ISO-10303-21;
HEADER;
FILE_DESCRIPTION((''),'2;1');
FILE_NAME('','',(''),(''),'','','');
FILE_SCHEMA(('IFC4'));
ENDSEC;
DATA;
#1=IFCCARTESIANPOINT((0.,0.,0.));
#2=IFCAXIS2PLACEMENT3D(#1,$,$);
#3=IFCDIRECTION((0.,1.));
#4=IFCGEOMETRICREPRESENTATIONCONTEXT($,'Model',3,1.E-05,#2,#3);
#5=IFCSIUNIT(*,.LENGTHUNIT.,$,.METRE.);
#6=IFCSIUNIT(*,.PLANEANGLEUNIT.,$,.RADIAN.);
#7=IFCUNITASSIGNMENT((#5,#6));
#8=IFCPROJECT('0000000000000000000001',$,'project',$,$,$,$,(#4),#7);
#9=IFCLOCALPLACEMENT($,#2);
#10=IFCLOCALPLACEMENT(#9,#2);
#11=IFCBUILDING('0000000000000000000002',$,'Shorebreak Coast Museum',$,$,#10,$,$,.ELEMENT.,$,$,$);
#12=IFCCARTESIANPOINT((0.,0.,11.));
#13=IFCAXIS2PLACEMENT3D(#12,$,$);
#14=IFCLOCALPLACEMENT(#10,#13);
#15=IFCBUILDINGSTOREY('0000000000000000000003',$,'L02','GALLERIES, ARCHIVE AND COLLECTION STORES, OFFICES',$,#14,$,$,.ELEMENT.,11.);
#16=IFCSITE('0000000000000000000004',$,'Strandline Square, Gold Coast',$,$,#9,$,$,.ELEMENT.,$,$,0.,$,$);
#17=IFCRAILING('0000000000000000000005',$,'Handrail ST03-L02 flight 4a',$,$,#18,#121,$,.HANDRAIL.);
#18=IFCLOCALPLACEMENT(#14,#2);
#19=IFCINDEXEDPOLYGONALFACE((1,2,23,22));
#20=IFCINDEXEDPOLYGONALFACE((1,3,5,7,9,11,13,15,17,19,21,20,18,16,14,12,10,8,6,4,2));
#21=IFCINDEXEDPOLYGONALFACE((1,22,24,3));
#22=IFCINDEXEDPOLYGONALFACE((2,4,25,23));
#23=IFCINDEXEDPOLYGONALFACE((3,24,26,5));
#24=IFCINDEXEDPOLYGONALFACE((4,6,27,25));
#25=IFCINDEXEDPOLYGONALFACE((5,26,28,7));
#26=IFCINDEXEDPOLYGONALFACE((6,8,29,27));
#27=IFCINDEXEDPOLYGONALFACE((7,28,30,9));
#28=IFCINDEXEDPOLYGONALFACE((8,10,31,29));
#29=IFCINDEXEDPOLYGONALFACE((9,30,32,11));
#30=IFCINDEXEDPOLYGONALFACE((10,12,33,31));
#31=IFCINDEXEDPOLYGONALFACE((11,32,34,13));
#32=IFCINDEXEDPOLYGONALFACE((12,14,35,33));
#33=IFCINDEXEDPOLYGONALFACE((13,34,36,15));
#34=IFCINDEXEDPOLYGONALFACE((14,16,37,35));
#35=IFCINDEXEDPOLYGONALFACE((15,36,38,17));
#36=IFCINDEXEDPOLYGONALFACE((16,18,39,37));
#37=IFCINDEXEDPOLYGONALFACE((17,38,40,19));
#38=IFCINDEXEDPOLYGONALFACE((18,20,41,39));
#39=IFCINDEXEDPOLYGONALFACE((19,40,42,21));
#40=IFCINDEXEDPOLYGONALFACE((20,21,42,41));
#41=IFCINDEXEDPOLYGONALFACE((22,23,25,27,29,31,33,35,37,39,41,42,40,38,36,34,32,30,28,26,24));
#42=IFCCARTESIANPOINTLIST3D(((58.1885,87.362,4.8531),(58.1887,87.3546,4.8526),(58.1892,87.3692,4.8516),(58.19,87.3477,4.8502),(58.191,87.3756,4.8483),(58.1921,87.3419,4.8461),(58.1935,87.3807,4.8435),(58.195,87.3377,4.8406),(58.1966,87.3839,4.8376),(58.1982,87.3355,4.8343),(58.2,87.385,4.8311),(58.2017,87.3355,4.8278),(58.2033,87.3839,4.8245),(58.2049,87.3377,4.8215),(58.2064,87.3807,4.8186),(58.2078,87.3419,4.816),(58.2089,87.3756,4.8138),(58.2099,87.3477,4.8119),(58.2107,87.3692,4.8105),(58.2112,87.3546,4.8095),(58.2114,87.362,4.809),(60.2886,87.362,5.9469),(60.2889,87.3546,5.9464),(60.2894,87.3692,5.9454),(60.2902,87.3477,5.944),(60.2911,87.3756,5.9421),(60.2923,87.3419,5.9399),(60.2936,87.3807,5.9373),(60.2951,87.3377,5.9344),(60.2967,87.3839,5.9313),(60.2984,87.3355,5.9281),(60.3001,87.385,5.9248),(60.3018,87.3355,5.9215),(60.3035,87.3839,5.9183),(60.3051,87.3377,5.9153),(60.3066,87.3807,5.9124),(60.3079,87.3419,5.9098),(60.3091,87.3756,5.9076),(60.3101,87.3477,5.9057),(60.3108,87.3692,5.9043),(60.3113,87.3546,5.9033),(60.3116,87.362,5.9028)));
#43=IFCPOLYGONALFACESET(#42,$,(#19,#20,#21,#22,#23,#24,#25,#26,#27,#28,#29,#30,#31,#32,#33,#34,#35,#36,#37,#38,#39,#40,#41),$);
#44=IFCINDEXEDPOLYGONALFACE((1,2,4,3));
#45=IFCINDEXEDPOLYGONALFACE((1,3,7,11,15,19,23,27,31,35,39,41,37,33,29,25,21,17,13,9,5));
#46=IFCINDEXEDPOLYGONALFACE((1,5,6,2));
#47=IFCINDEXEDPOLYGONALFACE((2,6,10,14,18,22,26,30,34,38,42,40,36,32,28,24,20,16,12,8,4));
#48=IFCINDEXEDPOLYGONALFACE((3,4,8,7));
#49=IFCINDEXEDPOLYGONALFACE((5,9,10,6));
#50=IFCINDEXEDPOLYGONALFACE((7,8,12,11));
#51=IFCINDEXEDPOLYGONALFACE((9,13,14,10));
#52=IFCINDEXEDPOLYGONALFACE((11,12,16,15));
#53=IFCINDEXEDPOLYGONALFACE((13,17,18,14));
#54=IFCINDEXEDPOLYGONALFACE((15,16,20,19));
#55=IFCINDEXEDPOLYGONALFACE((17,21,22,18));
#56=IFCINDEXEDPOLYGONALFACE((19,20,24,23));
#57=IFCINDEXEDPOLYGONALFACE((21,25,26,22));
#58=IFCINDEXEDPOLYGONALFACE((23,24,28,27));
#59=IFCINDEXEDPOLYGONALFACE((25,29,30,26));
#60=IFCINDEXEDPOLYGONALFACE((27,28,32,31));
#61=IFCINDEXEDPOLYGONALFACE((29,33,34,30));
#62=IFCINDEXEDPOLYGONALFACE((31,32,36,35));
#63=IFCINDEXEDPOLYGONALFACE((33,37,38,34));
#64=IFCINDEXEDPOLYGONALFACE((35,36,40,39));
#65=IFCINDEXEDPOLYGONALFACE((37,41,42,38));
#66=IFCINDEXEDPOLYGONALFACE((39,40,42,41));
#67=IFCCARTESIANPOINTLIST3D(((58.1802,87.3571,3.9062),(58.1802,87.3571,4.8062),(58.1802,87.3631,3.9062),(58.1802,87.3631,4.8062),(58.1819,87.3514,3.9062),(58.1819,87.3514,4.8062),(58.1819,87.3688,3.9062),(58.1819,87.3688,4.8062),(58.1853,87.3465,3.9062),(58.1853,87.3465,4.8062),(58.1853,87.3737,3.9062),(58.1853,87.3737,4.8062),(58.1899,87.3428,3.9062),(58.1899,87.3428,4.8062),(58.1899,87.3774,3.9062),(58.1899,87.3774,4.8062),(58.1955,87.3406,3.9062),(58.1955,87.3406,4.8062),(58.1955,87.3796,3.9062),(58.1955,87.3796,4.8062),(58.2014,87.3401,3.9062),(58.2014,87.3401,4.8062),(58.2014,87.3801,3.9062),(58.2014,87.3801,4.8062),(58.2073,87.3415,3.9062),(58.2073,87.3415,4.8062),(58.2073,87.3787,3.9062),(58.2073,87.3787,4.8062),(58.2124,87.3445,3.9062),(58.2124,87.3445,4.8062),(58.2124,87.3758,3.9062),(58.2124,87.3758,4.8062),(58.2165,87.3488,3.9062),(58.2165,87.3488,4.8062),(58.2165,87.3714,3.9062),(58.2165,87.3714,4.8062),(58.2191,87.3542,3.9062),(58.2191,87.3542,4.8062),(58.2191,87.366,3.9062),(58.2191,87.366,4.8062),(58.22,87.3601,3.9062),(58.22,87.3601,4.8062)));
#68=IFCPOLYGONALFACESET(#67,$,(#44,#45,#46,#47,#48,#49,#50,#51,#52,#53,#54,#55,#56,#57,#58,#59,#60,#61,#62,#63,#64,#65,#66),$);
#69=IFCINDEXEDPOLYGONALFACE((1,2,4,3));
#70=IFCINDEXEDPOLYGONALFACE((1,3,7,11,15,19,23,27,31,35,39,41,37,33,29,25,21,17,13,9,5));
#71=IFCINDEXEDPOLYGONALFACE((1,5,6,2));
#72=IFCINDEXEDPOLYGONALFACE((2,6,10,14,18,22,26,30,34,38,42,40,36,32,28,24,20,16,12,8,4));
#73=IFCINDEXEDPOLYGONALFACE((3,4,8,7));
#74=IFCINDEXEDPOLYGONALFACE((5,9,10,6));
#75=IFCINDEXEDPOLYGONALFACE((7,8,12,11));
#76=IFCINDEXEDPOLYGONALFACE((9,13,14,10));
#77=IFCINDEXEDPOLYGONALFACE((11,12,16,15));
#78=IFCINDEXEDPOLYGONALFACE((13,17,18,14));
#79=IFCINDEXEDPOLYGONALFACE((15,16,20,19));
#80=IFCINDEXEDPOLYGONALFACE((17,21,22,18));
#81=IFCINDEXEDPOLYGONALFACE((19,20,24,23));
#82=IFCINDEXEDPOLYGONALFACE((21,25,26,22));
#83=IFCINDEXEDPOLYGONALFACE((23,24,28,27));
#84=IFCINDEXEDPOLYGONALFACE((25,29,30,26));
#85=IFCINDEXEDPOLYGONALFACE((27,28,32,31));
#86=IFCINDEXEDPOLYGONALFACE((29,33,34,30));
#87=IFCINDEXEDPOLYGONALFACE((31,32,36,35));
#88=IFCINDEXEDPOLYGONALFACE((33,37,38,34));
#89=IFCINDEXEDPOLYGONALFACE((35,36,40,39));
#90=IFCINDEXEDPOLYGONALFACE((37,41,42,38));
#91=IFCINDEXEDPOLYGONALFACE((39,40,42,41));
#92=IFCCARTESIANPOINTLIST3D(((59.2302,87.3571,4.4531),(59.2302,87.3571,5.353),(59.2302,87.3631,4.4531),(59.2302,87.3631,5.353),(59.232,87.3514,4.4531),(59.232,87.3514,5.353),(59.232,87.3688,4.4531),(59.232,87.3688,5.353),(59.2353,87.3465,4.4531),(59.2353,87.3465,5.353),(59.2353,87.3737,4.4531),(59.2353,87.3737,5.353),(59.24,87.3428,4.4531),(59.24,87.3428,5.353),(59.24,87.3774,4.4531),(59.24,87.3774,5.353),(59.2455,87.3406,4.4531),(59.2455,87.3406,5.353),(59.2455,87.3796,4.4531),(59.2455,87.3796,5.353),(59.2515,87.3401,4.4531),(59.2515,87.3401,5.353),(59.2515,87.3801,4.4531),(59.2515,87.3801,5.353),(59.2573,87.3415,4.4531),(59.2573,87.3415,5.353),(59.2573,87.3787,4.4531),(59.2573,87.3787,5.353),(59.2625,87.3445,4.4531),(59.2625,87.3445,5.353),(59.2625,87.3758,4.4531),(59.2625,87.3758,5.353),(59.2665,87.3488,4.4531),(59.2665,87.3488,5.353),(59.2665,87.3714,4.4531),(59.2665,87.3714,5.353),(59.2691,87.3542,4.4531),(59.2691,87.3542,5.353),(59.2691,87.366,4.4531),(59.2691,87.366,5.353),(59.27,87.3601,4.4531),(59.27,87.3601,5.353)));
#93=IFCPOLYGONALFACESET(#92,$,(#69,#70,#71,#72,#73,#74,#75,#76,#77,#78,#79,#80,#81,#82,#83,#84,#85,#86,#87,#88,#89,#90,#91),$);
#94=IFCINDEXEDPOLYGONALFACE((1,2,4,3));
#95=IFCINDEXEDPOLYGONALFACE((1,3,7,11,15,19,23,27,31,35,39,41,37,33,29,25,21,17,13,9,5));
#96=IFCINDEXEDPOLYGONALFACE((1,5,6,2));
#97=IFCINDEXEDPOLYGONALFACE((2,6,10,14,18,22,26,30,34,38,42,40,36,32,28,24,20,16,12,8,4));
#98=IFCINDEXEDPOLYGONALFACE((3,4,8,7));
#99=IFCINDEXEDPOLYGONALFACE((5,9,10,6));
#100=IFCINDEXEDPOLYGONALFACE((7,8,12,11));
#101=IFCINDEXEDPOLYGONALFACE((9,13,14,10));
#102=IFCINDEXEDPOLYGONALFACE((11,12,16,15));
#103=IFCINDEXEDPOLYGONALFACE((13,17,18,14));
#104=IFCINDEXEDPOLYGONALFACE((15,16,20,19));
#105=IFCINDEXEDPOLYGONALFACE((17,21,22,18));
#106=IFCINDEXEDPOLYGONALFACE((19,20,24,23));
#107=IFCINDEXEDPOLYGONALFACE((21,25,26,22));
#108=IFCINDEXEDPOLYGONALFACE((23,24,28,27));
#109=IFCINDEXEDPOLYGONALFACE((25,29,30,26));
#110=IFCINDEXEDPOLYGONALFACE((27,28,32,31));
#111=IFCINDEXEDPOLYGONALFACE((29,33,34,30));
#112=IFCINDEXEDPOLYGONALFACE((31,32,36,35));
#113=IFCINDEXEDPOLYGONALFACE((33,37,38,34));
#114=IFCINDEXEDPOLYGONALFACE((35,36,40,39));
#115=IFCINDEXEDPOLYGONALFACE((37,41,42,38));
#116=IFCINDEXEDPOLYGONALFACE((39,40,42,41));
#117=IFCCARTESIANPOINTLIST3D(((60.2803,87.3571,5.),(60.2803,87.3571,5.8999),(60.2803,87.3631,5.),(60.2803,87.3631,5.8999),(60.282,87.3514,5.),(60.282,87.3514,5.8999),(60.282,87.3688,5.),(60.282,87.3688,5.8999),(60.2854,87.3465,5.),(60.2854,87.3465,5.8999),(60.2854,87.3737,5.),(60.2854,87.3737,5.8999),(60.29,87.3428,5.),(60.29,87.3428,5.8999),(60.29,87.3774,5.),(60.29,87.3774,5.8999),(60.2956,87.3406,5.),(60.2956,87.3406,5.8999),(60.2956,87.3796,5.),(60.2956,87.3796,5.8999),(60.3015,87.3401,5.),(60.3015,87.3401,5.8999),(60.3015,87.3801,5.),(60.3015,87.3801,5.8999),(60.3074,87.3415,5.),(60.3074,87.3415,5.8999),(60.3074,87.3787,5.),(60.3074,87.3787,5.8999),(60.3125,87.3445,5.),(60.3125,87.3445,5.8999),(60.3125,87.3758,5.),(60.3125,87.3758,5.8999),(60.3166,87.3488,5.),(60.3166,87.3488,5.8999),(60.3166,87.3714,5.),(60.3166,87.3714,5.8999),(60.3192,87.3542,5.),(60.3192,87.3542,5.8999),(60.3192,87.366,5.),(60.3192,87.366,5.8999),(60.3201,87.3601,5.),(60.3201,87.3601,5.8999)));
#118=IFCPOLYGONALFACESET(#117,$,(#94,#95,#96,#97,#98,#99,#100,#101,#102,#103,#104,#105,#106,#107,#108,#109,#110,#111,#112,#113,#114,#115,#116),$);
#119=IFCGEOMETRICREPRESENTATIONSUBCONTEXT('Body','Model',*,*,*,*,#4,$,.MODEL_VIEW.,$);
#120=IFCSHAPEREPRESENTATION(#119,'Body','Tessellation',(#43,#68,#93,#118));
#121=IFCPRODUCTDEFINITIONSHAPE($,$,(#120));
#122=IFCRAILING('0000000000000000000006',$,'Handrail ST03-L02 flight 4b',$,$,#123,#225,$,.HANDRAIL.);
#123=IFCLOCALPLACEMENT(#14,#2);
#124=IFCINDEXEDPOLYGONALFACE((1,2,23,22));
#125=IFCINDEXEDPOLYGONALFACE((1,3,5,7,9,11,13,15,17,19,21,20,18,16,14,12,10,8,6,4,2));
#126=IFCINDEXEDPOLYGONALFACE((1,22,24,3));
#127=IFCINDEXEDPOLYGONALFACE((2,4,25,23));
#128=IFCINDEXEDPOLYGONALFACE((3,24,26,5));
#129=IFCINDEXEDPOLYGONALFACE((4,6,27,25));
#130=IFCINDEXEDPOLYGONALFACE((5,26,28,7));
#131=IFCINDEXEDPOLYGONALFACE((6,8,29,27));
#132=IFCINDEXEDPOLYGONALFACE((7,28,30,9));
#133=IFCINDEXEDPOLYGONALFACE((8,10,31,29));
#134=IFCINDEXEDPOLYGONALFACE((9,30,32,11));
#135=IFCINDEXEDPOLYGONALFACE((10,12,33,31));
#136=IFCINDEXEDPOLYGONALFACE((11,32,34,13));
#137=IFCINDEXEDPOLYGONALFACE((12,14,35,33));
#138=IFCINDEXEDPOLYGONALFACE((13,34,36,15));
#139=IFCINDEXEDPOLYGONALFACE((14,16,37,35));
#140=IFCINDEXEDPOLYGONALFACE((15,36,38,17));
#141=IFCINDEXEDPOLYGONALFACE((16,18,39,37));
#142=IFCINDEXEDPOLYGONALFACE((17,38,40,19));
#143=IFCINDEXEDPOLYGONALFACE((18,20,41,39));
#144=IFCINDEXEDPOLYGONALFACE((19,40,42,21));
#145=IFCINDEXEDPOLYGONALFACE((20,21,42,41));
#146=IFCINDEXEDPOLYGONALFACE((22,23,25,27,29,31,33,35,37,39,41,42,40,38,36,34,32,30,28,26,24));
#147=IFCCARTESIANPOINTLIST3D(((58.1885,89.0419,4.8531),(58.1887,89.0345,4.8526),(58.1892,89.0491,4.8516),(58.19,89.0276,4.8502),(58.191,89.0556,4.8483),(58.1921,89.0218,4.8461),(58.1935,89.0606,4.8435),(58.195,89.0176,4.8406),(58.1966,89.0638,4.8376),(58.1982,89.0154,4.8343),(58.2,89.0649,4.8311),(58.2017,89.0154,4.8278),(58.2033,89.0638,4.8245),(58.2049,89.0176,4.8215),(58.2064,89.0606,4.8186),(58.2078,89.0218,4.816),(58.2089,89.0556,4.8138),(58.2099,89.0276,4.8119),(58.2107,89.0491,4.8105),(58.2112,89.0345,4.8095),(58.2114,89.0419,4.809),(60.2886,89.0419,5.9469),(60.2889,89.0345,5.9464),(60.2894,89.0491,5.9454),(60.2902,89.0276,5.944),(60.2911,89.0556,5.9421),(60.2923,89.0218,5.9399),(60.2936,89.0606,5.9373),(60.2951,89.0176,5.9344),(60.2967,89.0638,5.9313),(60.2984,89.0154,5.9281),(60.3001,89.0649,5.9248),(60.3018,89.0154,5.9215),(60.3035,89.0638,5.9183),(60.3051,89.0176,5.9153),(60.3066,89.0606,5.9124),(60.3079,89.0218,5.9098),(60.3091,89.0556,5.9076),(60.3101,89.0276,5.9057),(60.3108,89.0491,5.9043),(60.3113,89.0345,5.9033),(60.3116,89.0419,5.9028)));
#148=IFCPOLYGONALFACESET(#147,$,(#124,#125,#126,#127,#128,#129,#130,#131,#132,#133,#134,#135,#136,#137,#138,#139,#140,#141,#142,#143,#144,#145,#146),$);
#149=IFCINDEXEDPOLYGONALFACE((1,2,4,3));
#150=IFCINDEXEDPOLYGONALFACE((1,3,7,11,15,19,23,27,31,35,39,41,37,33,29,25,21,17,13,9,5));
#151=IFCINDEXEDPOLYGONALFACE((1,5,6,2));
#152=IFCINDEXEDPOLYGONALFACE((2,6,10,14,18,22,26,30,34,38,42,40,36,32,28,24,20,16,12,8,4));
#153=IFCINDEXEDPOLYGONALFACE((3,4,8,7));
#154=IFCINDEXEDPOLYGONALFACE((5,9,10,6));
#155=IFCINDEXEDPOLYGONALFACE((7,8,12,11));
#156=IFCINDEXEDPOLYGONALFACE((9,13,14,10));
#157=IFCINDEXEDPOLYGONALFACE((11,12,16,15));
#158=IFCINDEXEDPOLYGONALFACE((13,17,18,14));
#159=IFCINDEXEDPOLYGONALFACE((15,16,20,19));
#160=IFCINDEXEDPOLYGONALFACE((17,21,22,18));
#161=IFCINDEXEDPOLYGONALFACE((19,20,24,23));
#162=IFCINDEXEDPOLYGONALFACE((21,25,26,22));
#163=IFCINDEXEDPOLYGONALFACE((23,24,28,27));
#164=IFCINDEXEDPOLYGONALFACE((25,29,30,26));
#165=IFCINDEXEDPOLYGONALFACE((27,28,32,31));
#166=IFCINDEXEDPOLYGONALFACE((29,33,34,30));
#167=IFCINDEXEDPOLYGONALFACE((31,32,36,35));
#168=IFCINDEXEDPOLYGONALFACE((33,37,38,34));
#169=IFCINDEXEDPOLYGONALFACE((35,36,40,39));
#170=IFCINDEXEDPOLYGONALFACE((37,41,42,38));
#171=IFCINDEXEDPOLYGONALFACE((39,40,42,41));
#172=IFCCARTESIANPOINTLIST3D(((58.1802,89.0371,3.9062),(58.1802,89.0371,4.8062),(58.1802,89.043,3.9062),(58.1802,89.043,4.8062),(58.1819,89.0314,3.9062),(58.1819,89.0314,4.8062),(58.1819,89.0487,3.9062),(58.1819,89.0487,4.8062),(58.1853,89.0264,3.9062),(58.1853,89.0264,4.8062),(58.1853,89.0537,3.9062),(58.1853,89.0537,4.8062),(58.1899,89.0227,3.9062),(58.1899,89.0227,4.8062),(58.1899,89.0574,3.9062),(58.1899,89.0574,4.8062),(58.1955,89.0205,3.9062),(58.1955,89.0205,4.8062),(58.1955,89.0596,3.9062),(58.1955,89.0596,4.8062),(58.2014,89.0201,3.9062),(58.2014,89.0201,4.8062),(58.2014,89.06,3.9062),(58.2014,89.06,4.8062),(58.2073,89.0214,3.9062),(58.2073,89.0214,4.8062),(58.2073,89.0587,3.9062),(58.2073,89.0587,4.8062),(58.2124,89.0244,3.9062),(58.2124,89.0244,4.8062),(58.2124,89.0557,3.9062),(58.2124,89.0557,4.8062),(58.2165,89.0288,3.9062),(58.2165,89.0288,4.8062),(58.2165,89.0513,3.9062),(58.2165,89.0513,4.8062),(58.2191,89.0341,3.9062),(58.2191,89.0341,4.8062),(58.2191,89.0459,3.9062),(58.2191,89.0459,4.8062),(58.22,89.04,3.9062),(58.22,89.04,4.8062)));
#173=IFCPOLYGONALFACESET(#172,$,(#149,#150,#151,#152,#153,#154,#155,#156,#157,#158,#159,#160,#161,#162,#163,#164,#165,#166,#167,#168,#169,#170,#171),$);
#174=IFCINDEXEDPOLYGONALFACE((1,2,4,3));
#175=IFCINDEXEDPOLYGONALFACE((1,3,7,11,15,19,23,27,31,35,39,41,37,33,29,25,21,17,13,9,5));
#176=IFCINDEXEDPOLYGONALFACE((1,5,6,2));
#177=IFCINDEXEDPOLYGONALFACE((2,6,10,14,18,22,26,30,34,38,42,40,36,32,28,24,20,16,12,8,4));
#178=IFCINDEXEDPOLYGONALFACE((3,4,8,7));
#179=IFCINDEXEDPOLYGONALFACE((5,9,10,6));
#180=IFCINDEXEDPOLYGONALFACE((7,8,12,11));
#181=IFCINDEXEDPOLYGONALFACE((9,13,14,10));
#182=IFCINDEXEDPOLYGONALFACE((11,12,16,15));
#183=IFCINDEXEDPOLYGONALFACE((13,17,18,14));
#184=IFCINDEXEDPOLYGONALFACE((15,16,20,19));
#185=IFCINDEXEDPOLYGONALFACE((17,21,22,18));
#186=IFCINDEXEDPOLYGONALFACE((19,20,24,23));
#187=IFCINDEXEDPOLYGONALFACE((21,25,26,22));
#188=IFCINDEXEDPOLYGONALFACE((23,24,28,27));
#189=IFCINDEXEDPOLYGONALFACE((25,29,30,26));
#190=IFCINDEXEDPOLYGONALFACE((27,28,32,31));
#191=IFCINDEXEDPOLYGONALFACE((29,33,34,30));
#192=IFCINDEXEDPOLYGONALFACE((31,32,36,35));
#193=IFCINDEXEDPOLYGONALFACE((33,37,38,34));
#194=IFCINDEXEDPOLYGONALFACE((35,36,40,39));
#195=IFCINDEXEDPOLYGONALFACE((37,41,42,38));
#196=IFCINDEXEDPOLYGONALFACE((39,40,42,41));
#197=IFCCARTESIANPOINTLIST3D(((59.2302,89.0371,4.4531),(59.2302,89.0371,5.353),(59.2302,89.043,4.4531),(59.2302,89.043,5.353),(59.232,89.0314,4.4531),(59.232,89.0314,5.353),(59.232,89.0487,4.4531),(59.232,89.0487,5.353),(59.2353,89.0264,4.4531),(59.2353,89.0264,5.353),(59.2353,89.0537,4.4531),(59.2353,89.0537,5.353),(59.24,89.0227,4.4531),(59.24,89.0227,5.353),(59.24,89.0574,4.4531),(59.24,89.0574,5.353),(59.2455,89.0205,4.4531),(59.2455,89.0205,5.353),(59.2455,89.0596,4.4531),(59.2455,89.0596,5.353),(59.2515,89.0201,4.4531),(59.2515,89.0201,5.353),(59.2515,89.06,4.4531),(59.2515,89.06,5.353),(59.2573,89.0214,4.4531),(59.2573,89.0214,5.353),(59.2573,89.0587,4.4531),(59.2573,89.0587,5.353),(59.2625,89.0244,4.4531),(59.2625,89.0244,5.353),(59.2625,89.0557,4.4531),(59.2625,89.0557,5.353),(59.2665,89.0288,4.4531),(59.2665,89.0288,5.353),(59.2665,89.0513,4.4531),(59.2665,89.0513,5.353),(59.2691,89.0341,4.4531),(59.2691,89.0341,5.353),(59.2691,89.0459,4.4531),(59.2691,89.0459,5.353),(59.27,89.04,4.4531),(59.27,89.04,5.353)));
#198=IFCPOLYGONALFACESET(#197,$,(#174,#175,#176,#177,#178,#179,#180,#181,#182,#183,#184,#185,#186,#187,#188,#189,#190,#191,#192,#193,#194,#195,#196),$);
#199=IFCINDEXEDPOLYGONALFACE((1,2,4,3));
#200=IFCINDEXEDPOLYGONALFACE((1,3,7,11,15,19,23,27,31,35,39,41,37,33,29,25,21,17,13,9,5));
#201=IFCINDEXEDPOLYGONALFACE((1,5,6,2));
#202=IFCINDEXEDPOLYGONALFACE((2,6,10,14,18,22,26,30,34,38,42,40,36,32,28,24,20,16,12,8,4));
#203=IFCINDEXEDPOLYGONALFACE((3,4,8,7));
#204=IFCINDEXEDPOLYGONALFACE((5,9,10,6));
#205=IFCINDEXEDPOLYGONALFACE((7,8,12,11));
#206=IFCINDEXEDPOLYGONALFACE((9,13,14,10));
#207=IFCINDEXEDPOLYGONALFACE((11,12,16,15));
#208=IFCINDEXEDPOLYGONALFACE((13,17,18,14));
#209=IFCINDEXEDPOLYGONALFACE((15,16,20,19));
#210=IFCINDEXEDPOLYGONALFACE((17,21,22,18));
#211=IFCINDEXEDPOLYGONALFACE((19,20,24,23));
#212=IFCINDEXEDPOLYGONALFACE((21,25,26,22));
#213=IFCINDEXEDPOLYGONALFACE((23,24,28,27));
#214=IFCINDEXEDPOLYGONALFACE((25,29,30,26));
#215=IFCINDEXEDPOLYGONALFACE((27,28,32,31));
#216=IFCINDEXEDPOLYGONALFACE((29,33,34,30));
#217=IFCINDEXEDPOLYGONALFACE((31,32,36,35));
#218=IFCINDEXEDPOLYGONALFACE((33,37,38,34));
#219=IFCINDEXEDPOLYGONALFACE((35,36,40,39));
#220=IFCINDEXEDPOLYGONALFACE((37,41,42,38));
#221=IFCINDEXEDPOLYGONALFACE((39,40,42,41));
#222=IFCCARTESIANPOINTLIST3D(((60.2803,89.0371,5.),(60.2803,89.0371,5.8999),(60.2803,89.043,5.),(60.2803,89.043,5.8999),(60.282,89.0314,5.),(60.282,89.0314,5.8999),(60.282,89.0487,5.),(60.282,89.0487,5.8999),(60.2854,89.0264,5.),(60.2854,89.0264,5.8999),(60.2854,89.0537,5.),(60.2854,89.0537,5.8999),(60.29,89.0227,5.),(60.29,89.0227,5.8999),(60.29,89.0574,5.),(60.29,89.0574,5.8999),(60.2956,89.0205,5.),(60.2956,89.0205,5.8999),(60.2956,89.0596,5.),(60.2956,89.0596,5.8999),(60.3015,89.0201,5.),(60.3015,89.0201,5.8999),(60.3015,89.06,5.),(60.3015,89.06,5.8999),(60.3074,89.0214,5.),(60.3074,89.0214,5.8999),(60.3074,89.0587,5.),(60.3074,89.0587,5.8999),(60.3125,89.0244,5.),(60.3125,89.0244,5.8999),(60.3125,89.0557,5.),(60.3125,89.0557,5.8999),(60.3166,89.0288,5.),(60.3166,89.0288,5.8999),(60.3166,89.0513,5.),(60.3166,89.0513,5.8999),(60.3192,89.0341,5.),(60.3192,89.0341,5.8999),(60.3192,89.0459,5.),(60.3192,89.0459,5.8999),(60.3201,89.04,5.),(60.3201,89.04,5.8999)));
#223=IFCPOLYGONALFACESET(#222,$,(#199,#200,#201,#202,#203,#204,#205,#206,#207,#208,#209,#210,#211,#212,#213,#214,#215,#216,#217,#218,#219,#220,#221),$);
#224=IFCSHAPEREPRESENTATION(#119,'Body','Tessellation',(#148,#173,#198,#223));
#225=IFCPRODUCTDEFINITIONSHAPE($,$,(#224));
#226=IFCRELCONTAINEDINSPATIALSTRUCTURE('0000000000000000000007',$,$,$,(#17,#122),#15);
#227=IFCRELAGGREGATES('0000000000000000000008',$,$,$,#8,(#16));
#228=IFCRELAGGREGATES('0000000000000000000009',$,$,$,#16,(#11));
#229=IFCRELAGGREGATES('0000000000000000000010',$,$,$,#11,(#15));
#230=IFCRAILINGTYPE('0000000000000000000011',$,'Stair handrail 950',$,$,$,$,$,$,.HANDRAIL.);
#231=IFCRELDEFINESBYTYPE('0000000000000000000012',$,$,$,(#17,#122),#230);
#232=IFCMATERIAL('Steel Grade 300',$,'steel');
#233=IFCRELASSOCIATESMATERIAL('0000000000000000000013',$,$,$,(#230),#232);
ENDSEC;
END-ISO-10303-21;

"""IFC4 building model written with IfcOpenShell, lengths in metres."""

from ifc_helpers import new_model, si_unit, direction, frame, origin, origin_2d, place, context, subcontext, project, spatial, circle, extrude, material, type_object, element, save


model = new_model("IFC4")

# Units and contexts
model_context = context("Model", 3, precision=1e-05, world=origin(), true_north=direction((0.0, 1.0)))
body_context = subcontext(model_context, "Body", "Model", "MODEL_VIEW")
ifc_project = project(units=[si_unit("LENGTHUNIT", "METRE"), si_unit("PLANEANGLEUNIT", "RADIAN")], contexts=[model_context])

# Site, building, storey
site_placement = place(None, origin())
site = spatial("IfcSite", under=ifc_project, at=site_placement, Name="Strandline Square, Gold Coast", CompositionType="ELEMENT", RefElevation=0.0)
building_placement = place(site_placement, origin())
building = spatial("IfcBuilding", under=site, at=building_placement, Name="Shorebreak Coast Museum", CompositionType="ELEMENT")
storey_placement = place(building_placement, frame((0.0, 0.0, 11.0)))
storey = spatial("IfcBuildingStorey", under=building, at=storey_placement, Name="L02", Description="GALLERIES, ARCHIVE AND COLLECTION STORES, OFFICES", CompositionType="ELEMENT", Elevation=11.0)

# Railings
ifc_material_1 = material(Name="Steel Grade 300", Category="steel")
railing_type_1 = type_object("IfcRailingType", Name="Stair handrail 950", PredefinedType="HANDRAIL", material=ifc_material_1)
for number, where, name in (
    (1, (58.2, 87.3601, 3.9062), "Handrail ST03-L02 flight 4a"),
    (2, (58.2, 89.04, 3.9062), "Handrail ST03-L02 flight 4b"),
):
    element("IfcRailing", number, at=place(storey_placement, frame(where)), inside=storey, type_object=railing_type_1, Name=name, PredefinedType="HANDRAIL", context=body_context, shape_type="SweptSolid", body=[
        extrude(circle(Radius=0.0249, at=origin_2d()), frame((0.0, 0.0, 0.9248), z_axis=(0.886923, 0.0, 0.461918), x_axis=(0.0, 1.0, 0.0)), (0.0, 0.0, 1.0), 2.3679),
        extrude(circle(Radius=0.02, at=origin_2d()), origin(), (0.0, 0.0, 1.0), 0.8999),
        extrude(circle(Radius=0.02, at=origin_2d()), frame((1.05, 0.0, 0.5469)), (0.0, 0.0, 1.0), 0.8999),
        extrude(circle(Radius=0.02, at=origin_2d()), frame((2.1001, 0.0, 1.0938)), (0.0, 0.0, 1.0), 0.8999),
    ])

save(model, "model.ifc")
